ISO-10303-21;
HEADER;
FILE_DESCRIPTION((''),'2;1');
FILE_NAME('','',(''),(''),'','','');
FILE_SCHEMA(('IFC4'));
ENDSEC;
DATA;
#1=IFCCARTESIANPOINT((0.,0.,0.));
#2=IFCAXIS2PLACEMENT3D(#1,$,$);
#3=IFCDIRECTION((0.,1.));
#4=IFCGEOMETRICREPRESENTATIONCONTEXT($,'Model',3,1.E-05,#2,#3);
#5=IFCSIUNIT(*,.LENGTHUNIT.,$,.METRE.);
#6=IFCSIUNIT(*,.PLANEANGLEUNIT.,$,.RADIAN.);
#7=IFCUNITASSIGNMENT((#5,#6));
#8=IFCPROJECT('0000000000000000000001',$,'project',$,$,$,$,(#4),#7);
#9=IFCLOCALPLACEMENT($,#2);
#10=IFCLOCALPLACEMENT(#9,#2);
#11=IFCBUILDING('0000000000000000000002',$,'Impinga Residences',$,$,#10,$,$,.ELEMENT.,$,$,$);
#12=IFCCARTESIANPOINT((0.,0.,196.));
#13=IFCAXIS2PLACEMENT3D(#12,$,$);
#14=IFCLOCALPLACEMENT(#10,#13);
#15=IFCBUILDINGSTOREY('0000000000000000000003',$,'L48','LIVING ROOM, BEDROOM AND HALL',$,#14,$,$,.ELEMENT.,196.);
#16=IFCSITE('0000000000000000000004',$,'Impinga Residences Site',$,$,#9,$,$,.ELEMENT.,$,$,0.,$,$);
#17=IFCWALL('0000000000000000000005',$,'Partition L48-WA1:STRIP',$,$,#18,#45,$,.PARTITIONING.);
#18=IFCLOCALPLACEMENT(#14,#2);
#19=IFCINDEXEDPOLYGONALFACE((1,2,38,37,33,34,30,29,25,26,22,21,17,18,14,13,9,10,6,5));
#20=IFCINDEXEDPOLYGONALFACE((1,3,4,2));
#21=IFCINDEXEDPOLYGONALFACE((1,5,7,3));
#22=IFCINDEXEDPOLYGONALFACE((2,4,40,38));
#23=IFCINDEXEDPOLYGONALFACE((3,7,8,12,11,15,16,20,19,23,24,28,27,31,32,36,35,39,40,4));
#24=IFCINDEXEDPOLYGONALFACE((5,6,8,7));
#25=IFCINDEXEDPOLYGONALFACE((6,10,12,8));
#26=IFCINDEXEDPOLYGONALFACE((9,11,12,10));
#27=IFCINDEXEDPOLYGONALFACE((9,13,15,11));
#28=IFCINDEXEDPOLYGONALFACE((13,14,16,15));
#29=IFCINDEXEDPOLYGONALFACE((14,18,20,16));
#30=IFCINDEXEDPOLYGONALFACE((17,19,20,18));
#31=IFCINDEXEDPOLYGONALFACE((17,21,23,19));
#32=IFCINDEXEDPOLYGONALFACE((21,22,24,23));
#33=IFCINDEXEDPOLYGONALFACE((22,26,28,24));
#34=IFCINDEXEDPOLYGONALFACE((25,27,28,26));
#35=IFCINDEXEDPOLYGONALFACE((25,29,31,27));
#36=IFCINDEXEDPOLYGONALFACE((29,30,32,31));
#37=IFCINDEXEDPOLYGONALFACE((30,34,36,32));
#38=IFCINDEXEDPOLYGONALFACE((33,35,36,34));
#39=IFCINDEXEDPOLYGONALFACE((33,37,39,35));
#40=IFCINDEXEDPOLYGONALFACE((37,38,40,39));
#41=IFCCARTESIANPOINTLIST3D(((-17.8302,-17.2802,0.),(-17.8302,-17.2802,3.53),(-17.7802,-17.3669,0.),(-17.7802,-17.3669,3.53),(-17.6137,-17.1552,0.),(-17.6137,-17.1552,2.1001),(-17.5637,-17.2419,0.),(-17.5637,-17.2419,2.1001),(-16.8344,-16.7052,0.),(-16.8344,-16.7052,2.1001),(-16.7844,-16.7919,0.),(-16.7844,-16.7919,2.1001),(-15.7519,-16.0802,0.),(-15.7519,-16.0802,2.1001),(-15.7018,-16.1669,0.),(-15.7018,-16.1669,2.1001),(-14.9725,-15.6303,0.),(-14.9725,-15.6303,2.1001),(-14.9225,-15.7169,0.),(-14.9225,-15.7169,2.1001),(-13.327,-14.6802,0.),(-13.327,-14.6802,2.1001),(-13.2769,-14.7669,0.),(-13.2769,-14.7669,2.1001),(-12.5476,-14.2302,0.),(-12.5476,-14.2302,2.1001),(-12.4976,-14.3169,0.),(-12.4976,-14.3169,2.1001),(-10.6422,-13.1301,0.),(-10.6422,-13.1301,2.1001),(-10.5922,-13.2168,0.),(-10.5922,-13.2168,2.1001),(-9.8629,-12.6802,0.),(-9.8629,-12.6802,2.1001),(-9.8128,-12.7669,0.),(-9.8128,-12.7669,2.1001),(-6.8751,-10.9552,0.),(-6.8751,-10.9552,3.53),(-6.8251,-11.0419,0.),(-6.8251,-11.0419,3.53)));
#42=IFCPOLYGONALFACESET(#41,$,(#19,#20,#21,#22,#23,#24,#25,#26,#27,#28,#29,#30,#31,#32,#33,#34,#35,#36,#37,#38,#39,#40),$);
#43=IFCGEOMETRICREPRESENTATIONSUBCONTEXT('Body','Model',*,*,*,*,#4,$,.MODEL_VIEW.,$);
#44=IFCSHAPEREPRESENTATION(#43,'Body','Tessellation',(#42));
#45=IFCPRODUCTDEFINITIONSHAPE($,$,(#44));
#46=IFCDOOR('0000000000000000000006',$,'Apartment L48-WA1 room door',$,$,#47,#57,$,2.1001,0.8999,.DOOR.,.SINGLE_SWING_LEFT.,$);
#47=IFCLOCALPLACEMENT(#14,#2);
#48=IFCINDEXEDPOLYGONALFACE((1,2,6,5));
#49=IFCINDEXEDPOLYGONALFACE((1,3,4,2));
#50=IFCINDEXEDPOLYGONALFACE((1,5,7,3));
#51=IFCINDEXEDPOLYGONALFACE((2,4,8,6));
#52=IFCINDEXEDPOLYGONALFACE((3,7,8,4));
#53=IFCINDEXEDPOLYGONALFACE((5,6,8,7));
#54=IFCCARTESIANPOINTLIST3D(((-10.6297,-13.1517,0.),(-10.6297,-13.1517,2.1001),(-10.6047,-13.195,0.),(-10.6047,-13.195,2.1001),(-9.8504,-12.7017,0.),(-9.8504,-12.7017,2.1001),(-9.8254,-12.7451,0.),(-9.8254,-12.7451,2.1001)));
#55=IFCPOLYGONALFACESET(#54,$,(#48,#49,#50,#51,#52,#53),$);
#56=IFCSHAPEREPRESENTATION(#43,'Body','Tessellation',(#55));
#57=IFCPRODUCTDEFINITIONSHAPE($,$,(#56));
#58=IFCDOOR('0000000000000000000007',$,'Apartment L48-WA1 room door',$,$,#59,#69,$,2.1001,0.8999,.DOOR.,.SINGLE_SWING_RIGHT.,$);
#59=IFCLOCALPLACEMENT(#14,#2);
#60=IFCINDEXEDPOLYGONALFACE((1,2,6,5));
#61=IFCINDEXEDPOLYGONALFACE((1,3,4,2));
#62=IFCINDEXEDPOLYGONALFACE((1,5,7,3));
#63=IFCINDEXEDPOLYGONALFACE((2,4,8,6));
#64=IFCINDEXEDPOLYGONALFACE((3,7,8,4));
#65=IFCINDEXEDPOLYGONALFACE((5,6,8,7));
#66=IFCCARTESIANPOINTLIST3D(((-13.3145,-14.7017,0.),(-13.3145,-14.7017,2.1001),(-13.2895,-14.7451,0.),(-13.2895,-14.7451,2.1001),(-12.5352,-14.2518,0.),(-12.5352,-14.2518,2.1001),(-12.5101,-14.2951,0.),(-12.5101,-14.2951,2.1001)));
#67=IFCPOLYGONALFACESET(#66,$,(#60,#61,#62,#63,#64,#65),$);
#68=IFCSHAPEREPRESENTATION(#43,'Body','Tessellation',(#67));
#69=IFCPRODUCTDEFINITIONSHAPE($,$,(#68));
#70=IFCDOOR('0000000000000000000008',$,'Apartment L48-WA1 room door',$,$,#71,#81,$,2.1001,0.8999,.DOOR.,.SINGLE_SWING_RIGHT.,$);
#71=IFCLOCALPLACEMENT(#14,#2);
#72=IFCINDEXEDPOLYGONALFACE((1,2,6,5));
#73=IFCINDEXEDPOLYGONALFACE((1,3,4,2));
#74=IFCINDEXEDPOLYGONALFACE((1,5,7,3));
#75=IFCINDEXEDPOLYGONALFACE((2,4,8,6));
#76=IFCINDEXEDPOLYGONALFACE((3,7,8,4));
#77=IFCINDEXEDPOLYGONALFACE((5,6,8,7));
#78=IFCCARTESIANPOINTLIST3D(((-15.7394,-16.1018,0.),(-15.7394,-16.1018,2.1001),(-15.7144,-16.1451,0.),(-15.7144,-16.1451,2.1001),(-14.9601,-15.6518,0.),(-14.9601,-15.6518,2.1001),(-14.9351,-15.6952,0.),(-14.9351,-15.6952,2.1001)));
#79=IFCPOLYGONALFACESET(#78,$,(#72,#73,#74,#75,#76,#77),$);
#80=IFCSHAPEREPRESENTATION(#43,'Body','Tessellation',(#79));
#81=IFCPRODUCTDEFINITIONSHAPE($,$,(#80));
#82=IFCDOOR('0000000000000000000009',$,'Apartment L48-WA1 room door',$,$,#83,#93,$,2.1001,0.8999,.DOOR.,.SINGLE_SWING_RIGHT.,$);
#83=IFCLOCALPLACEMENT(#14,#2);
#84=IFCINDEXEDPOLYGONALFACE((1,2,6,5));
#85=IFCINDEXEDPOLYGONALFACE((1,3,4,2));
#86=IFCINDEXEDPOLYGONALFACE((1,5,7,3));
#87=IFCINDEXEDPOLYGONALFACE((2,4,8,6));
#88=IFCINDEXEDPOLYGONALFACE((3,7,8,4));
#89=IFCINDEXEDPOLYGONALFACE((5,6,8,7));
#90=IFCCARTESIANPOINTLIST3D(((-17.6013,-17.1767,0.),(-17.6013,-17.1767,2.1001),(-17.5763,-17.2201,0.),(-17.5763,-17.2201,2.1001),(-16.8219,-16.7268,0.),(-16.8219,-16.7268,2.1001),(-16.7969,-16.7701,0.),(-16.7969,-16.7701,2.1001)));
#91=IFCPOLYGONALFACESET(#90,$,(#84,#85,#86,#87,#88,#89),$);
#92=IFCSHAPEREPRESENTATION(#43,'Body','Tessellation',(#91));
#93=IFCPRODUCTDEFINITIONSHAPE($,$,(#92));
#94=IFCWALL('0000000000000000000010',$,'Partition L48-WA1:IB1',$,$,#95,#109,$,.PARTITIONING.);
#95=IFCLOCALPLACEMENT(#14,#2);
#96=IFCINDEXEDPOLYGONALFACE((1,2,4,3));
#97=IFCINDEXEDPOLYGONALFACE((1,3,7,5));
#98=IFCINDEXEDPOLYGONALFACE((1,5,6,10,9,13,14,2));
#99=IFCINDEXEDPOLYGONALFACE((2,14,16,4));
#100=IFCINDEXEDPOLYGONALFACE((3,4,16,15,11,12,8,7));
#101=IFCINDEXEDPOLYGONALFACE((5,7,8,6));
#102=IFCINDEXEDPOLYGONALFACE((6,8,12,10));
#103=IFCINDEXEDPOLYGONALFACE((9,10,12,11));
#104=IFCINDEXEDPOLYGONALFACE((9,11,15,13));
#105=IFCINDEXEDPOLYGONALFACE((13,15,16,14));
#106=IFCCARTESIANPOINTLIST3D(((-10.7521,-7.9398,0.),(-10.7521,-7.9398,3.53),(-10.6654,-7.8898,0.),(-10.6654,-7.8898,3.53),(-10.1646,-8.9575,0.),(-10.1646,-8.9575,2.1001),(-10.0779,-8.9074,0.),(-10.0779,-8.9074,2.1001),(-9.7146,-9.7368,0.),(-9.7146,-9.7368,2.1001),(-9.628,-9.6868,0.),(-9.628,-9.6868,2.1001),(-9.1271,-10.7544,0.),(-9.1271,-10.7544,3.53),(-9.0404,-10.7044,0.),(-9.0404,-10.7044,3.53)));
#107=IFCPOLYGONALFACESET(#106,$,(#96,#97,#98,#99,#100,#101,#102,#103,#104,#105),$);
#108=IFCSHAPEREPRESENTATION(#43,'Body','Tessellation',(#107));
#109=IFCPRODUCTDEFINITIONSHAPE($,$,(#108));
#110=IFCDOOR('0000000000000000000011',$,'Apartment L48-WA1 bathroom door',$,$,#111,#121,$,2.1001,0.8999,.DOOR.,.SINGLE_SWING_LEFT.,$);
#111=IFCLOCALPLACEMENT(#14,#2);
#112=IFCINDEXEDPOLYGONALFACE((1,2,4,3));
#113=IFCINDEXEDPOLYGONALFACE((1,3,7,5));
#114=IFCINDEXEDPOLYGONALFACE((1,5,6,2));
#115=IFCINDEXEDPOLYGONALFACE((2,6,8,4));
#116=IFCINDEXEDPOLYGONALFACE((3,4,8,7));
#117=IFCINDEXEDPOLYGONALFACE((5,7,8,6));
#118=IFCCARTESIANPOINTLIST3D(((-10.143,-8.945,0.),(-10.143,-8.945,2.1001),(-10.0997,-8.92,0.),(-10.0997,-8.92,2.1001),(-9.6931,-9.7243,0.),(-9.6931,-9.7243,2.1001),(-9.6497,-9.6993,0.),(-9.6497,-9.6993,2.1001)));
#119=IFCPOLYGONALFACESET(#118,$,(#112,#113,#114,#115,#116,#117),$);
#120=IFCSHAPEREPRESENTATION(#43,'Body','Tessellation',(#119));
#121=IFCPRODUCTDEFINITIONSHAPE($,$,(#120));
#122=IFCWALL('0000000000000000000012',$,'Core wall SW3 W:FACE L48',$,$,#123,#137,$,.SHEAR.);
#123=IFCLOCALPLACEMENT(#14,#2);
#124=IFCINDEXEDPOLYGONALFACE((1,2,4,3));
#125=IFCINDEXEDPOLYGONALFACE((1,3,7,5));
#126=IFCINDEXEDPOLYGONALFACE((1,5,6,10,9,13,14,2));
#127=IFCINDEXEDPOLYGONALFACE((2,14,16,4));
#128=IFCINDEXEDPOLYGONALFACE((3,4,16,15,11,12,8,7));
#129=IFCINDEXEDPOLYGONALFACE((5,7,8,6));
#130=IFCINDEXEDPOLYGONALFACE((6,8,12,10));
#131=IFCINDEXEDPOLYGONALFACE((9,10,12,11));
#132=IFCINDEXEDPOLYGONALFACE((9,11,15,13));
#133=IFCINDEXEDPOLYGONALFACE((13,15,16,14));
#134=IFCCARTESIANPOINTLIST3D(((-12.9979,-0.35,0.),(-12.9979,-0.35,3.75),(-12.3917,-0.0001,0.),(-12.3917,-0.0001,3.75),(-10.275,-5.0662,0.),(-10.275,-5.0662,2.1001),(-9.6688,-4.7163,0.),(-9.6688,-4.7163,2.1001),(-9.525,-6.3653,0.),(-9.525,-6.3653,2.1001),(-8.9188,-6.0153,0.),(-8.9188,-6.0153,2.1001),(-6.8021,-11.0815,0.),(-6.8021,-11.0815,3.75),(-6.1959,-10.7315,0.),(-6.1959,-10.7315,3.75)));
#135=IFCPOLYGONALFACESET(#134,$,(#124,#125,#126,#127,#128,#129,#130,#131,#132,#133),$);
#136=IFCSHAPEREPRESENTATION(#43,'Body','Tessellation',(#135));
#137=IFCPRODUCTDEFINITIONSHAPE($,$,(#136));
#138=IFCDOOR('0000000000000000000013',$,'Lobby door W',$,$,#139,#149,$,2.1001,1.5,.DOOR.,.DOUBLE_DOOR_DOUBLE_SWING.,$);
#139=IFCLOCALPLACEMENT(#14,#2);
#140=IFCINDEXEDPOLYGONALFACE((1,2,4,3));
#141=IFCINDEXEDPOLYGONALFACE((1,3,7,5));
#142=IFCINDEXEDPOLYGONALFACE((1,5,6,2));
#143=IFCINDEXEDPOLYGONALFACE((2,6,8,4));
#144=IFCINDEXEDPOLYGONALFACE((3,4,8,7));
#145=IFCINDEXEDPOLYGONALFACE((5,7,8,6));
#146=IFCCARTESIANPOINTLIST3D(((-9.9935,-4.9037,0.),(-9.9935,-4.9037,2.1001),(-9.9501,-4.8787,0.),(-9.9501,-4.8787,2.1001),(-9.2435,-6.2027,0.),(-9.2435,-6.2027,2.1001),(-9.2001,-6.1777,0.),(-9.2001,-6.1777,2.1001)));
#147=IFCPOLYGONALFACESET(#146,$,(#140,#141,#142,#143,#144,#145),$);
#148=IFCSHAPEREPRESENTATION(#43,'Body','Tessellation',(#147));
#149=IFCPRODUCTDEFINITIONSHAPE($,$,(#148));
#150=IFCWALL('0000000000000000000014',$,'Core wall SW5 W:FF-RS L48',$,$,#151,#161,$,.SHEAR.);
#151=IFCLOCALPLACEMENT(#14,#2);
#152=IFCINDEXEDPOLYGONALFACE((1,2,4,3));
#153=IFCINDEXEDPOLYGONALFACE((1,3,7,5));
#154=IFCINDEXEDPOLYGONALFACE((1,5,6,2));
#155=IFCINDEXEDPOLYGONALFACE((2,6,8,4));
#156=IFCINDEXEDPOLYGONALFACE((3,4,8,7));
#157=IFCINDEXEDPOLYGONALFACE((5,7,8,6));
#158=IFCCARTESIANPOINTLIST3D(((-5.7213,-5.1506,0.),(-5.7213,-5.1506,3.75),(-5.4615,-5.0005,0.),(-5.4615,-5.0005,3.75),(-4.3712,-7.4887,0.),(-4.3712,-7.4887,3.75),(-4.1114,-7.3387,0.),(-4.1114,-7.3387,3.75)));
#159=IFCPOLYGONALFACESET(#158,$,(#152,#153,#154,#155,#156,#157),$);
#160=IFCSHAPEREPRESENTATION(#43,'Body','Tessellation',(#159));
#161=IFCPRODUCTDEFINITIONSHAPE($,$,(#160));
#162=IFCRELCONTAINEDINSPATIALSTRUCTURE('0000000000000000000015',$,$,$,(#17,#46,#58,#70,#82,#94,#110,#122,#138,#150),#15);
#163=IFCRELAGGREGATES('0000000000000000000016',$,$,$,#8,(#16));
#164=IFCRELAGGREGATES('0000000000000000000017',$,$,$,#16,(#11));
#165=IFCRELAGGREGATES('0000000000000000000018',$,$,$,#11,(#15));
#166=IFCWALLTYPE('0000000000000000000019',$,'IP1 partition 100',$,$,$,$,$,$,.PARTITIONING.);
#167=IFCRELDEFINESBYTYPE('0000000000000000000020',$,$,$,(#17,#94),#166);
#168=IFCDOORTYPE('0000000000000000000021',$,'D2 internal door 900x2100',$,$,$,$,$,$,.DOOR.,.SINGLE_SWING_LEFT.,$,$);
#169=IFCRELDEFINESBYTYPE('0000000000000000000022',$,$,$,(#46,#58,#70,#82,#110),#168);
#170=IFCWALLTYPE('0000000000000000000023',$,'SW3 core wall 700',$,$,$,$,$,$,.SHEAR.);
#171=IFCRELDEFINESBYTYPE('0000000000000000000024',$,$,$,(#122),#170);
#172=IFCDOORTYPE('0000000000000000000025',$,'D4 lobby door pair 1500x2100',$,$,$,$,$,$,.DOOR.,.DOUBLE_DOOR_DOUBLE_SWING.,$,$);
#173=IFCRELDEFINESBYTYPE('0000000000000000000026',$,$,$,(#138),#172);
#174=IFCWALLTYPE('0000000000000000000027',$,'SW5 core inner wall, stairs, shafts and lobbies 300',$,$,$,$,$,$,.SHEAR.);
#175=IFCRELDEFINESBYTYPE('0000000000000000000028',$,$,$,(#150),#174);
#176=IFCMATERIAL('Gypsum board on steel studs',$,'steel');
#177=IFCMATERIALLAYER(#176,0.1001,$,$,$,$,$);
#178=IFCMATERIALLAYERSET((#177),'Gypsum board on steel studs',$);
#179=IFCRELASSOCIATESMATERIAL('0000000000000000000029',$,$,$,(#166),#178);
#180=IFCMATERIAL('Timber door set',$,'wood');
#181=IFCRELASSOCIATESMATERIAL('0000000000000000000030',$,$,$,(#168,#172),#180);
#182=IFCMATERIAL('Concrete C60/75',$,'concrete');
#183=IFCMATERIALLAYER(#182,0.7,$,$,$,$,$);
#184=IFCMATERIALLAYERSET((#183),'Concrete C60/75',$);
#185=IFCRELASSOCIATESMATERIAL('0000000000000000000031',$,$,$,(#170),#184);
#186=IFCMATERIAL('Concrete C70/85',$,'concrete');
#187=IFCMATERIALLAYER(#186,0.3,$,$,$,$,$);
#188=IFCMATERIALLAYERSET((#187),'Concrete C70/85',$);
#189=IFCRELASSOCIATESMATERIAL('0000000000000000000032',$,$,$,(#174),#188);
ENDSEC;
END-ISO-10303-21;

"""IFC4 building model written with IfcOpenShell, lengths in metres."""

from ifc_helpers import new_model, si_unit, direction, frame, frame_2d, origin, place, context, subcontext, project, spatial, rectangle, extrude, material, layer, layer_set, type_object, element, fill, save


model = new_model("IFC4")

# Units and contexts
model_context = context("Model", 3, precision=1e-05, world=origin(), true_north=direction((0.0, 1.0)))
body_context = subcontext(model_context, "Body", "Model", "MODEL_VIEW")
ifc_project = project(units=[si_unit("LENGTHUNIT", "METRE"), si_unit("PLANEANGLEUNIT", "RADIAN")], contexts=[model_context])

# Site, building, storey
site_placement = place(None, origin())
site = spatial("IfcSite", under=ifc_project, at=site_placement, Name="Impinga Residences Site", CompositionType="ELEMENT", RefElevation=0.0)
building_placement = place(site_placement, origin())
building = spatial("IfcBuilding", under=site, at=building_placement, Name="Impinga Residences", CompositionType="ELEMENT")
storey_placement = place(building_placement, frame((0.0, 0.0, 196.0)))
storey = spatial("IfcBuildingStorey", under=building, at=storey_placement, Name="L48", Description="LIVING ROOM, BEDROOM AND HALL", CompositionType="ELEMENT", Elevation=196.0)

# Shared definitions
ifc_material_1 = material(Name="Concrete C60/75", Category="concrete")
ifc_material_2 = material(Name="Timber door set", Category="wood")

# Shared definitions
ifc_material_3 = material(Name="Gypsum board on steel studs", Category="steel")
ifc_layer_1 = layer(ifc_material_3, 0.1001)
ifc_layer_set_1 = layer_set([ifc_layer_1], Name="Gypsum board on steel studs")
wall_type_1 = type_object("IfcWallType", Name="IP1 partition 100", PredefinedType="PARTITIONING", material=ifc_layer_set_1)

# Wall, openings, doors
wall_1_placement = place(storey_placement, frame((-6.8501, -10.9985, 0.0), z_axis=(0.0, 0.0, 1.0), x_axis=(-0.866024, -0.500002, 0.0)))
wall_1 = element("IfcWall", 1, at=wall_1_placement, inside=storey, type_object=wall_type_1, Name="Partition L48-WA1:STRIP", PredefinedType="PARTITIONING", context=body_context, shape_type="SweptSolid", body=[
    extrude(rectangle(XDim=12.6499, YDim=0.1001, at=frame_2d((6.325, 0.0))), origin(), (0.0, 0.0, 1.0), 3.53),
])
opening_1_placement = place(wall_1_placement, frame((3.45, 0.0, 0.0)))
opening_1 = element("IfcOpeningElement", 2, at=opening_1_placement, cuts=wall_1, PredefinedType="OPENING", context=body_context, shape_type="SweptSolid", body=[
    extrude(rectangle(XDim=0.8999, YDim=2.1001, at=frame_2d((0.45, 1.05))), frame((0.0, 0.0601, 0.0), z_axis=(0.0, -1.0, 0.0), x_axis=(1.0, 0.0, 0.0)), (0.0, 0.0, 1.0), 0.1201),
])
opening_2_placement = place(wall_1_placement, frame((6.55, 0.0, 0.0)))
opening_2 = element("IfcOpeningElement", 3, at=opening_2_placement, cuts=wall_1, PredefinedType="OPENING", context=body_context, shape_type="SweptSolid", body=[
    extrude(rectangle(XDim=0.8999, YDim=2.1001, at=frame_2d((0.45, 1.05))), frame((0.0, 0.0601, 0.0), z_axis=(0.0, -1.0, 0.0), x_axis=(1.0, 0.0, 0.0)), (0.0, 0.0, 1.0), 0.1201),
])
opening_3_placement = place(wall_1_placement, frame((9.3501, 0.0, 0.0)))
opening_3 = element("IfcOpeningElement", 4, at=opening_3_placement, cuts=wall_1, PredefinedType="OPENING", context=body_context, shape_type="SweptSolid", body=[
    extrude(rectangle(XDim=0.8999, YDim=2.1001, at=frame_2d((0.45, 1.05))), frame((0.0, 0.0601, 0.0), z_axis=(0.0, -1.0, 0.0), x_axis=(1.0, 0.0, 0.0)), (0.0, 0.0, 1.0), 0.1201),
])
opening_4_placement = place(wall_1_placement, frame((11.5, 0.0, 0.0)))
opening_4 = element("IfcOpeningElement", 5, at=opening_4_placement, cuts=wall_1, PredefinedType="OPENING", context=body_context, shape_type="SweptSolid", body=[
    extrude(rectangle(XDim=0.8999, YDim=2.1001, at=frame_2d((0.45, 1.05))), frame((0.0, 0.0601, 0.0), z_axis=(0.0, -1.0, 0.0), x_axis=(1.0, 0.0, 0.0)), (0.0, 0.0, 1.0), 0.1201),
])
door_type_1 = type_object("IfcDoorType", Name="D2 internal door 900x2100", OperationType="SINGLE_SWING_LEFT", PredefinedType="DOOR", material=ifc_material_2)
door_1_placement = place(opening_1_placement, origin())
door_1 = element("IfcDoor", 6, at=door_1_placement, inside=storey, type_object=door_type_1, Name="Apartment L48-WA1 room door", OperationType="SINGLE_SWING_LEFT", OverallHeight=2.1001, OverallWidth=0.8999, PredefinedType="DOOR", context=body_context, shape_type="SweptSolid", body=[
    extrude(rectangle(XDim=0.8999, YDim=2.1001, at=frame_2d((0.45, 1.05))), frame((0.0, 0.0249, 0.0), z_axis=(0.0, -1.0, 0.0), x_axis=(1.0, 0.0, 0.0)), (0.0, 0.0, 1.0), 0.05),
])
fill(opening_1, door_1)
door_2_placement = place(opening_2_placement, origin())
door_2 = element("IfcDoor", 7, at=door_2_placement, inside=storey, type_object=door_type_1, Name="Apartment L48-WA1 room door", OperationType="SINGLE_SWING_RIGHT", OverallHeight=2.1001, OverallWidth=0.8999, PredefinedType="DOOR", context=body_context, shape_type="SweptSolid", body=[
    extrude(rectangle(XDim=0.8999, YDim=2.1001, at=frame_2d((0.45, 1.05))), frame((0.0, 0.0249, 0.0), z_axis=(0.0, -1.0, 0.0), x_axis=(1.0, 0.0, 0.0)), (0.0, 0.0, 1.0), 0.05),
])
fill(opening_2, door_2)
door_3_placement = place(opening_3_placement, origin())
door_3 = element("IfcDoor", 8, at=door_3_placement, inside=storey, type_object=door_type_1, Name="Apartment L48-WA1 room door", OperationType="SINGLE_SWING_RIGHT", OverallHeight=2.1001, OverallWidth=0.8999, PredefinedType="DOOR", context=body_context, shape_type="SweptSolid", body=[
    extrude(rectangle(XDim=0.8999, YDim=2.1001, at=frame_2d((0.45, 1.05))), frame((0.0, 0.0249, 0.0), z_axis=(0.0, -1.0, 0.0), x_axis=(1.0, 0.0, 0.0)), (0.0, 0.0, 1.0), 0.05),
])
fill(opening_3, door_3)
door_4_placement = place(opening_4_placement, origin())
door_4 = element("IfcDoor", 9, at=door_4_placement, inside=storey, type_object=door_type_1, Name="Apartment L48-WA1 room door", OperationType="SINGLE_SWING_RIGHT", OverallHeight=2.1001, OverallWidth=0.8999, PredefinedType="DOOR", context=body_context, shape_type="SweptSolid", body=[
    extrude(rectangle(XDim=0.8999, YDim=2.1001, at=frame_2d((0.45, 1.05))), frame((0.0, 0.0249, 0.0), z_axis=(0.0, -1.0, 0.0), x_axis=(1.0, 0.0, 0.0)), (0.0, 0.0, 1.0), 0.05),
])
fill(opening_4, door_4)

# Walls, openings, doors
wall_2_placement = place(storey_placement, frame((-10.7087, -7.9148, 0.0), z_axis=(0.0, 0.0, 1.0), x_axis=(0.499985, -0.866034, 0.0)))
wall_2 = element("IfcWall", 10, at=wall_2_placement, inside=storey, type_object=wall_type_1, Name="Partition L48-WA1:IB1", PredefinedType="PARTITIONING", context=body_context, shape_type="SweptSolid", body=[
    extrude(rectangle(XDim=3.25, YDim=0.1001, at=frame_2d((1.625, 0.0))), origin(), (0.0, 0.0, 1.0), 3.53),
])
opening_5_placement = place(wall_2_placement, frame((1.175, 0.0, 0.0)))
opening_5 = element("IfcOpeningElement", 11, at=opening_5_placement, cuts=wall_2, PredefinedType="OPENING", context=body_context, shape_type="SweptSolid", body=[
    extrude(rectangle(XDim=0.8999, YDim=2.1001, at=frame_2d((0.45, 1.05))), frame((0.0, 0.0601, 0.0), z_axis=(0.0, -1.0, 0.0), x_axis=(1.0, 0.0, 0.0)), (0.0, 0.0, 1.0), 0.1201),
])
door_5_placement = place(opening_5_placement, origin())
door_5 = element("IfcDoor", 12, at=door_5_placement, inside=storey, type_object=door_type_1, Name="Apartment L48-WA1 bathroom door", OperationType="SINGLE_SWING_LEFT", OverallHeight=2.1001, OverallWidth=0.8999, PredefinedType="DOOR", context=body_context, shape_type="SweptSolid", body=[
    extrude(rectangle(XDim=0.8999, YDim=2.1001, at=frame_2d((0.45, 1.05))), frame((0.0, 0.0249, 0.0), z_axis=(0.0, -1.0, 0.0), x_axis=(1.0, 0.0, 0.0)), (0.0, 0.0, 1.0), 0.05),
])
fill(opening_5, door_5)
ifc_layer_2 = layer(ifc_material_1, 0.7)
ifc_layer_set_2 = layer_set([ifc_layer_2], Name="Concrete C60/75")
wall_type_2 = type_object("IfcWallType", Name="SW3 core wall 700", PredefinedType="SHEAR", material=ifc_layer_set_2)
wall_3_placement = place(storey_placement, frame((-6.499, -10.9065, 0.0), z_axis=(0.0, 0.0, 1.0), x_axis=(-0.5, 0.866025, 0.0)))
wall_3 = element("IfcWall", 13, at=wall_3_placement, inside=storey, type_object=wall_type_2, Name="Core wall SW3 W:FACE L48", PredefinedType="SHEAR", context=body_context, shape_type="SweptSolid", body=[
    extrude(rectangle(XDim=12.3916, YDim=0.7, at=frame_2d((6.1958, 0.0))), origin(), (0.0, 0.0, 1.0), 3.75),
])
opening_6_placement = place(wall_3_placement, frame((5.4458, 0.0, 0.0)))
opening_6 = element("IfcOpeningElement", 14, at=opening_6_placement, cuts=wall_3, PredefinedType="OPENING", context=body_context, shape_type="SweptSolid", body=[
    extrude(rectangle(XDim=1.5, YDim=2.1001, at=frame_2d((0.75, 1.05))), frame((0.0, 0.3599, 0.0), z_axis=(0.0, -1.0, 0.0), x_axis=(1.0, 0.0, 0.0)), (0.0, 0.0, 1.0), 0.72),
])
door_type_2 = type_object("IfcDoorType", Name="D4 lobby door pair 1500x2100", OperationType="DOUBLE_DOOR_DOUBLE_SWING", PredefinedType="DOOR", material=ifc_material_2)
door_6_placement = place(opening_6_placement, origin())
door_6 = element("IfcDoor", 15, at=door_6_placement, inside=storey, type_object=door_type_2, Name="Lobby door W", OperationType="DOUBLE_DOOR_DOUBLE_SWING", OverallHeight=2.1001, OverallWidth=1.5, PredefinedType="DOOR", context=body_context, shape_type="SweptSolid", body=[
    extrude(rectangle(XDim=1.5, YDim=2.1001, at=frame_2d((0.75, 1.05))), frame((0.0, 0.0249, 0.0), z_axis=(0.0, -1.0, 0.0), x_axis=(1.0, 0.0, 0.0)), (0.0, 0.0, 1.0), 0.05),
])
fill(opening_6, door_6)

# Wall
ifc_material_4 = material(Name="Concrete C70/85", Category="concrete")
ifc_layer_3 = layer(ifc_material_4, 0.3)
ifc_layer_set_3 = layer_set([ifc_layer_3], Name="Concrete C70/85")
wall_type_3 = type_object("IfcWallType", Name="SW5 core inner wall, stairs, shafts and lobbies 300", PredefinedType="SHEAR", material=ifc_layer_set_3)
wall_4_placement = place(storey_placement, frame((-4.2412, -7.4138, 0.0), z_axis=(0.0, 0.0, 1.0), x_axis=(-0.500049, 0.865997, 0.0)))
element("IfcWall", 16, at=wall_4_placement, inside=storey, type_object=wall_type_3, Name="Core wall SW5 W:FF-RS L48", PredefinedType="SHEAR", context=body_context, shape_type="SweptSolid", body=[
    extrude(rectangle(XDim=2.7, YDim=0.3, at=frame_2d((1.3501, 0.0))), origin(), (0.0, 0.0, 1.0), 3.75),
])

save(model, "model.ifc")
